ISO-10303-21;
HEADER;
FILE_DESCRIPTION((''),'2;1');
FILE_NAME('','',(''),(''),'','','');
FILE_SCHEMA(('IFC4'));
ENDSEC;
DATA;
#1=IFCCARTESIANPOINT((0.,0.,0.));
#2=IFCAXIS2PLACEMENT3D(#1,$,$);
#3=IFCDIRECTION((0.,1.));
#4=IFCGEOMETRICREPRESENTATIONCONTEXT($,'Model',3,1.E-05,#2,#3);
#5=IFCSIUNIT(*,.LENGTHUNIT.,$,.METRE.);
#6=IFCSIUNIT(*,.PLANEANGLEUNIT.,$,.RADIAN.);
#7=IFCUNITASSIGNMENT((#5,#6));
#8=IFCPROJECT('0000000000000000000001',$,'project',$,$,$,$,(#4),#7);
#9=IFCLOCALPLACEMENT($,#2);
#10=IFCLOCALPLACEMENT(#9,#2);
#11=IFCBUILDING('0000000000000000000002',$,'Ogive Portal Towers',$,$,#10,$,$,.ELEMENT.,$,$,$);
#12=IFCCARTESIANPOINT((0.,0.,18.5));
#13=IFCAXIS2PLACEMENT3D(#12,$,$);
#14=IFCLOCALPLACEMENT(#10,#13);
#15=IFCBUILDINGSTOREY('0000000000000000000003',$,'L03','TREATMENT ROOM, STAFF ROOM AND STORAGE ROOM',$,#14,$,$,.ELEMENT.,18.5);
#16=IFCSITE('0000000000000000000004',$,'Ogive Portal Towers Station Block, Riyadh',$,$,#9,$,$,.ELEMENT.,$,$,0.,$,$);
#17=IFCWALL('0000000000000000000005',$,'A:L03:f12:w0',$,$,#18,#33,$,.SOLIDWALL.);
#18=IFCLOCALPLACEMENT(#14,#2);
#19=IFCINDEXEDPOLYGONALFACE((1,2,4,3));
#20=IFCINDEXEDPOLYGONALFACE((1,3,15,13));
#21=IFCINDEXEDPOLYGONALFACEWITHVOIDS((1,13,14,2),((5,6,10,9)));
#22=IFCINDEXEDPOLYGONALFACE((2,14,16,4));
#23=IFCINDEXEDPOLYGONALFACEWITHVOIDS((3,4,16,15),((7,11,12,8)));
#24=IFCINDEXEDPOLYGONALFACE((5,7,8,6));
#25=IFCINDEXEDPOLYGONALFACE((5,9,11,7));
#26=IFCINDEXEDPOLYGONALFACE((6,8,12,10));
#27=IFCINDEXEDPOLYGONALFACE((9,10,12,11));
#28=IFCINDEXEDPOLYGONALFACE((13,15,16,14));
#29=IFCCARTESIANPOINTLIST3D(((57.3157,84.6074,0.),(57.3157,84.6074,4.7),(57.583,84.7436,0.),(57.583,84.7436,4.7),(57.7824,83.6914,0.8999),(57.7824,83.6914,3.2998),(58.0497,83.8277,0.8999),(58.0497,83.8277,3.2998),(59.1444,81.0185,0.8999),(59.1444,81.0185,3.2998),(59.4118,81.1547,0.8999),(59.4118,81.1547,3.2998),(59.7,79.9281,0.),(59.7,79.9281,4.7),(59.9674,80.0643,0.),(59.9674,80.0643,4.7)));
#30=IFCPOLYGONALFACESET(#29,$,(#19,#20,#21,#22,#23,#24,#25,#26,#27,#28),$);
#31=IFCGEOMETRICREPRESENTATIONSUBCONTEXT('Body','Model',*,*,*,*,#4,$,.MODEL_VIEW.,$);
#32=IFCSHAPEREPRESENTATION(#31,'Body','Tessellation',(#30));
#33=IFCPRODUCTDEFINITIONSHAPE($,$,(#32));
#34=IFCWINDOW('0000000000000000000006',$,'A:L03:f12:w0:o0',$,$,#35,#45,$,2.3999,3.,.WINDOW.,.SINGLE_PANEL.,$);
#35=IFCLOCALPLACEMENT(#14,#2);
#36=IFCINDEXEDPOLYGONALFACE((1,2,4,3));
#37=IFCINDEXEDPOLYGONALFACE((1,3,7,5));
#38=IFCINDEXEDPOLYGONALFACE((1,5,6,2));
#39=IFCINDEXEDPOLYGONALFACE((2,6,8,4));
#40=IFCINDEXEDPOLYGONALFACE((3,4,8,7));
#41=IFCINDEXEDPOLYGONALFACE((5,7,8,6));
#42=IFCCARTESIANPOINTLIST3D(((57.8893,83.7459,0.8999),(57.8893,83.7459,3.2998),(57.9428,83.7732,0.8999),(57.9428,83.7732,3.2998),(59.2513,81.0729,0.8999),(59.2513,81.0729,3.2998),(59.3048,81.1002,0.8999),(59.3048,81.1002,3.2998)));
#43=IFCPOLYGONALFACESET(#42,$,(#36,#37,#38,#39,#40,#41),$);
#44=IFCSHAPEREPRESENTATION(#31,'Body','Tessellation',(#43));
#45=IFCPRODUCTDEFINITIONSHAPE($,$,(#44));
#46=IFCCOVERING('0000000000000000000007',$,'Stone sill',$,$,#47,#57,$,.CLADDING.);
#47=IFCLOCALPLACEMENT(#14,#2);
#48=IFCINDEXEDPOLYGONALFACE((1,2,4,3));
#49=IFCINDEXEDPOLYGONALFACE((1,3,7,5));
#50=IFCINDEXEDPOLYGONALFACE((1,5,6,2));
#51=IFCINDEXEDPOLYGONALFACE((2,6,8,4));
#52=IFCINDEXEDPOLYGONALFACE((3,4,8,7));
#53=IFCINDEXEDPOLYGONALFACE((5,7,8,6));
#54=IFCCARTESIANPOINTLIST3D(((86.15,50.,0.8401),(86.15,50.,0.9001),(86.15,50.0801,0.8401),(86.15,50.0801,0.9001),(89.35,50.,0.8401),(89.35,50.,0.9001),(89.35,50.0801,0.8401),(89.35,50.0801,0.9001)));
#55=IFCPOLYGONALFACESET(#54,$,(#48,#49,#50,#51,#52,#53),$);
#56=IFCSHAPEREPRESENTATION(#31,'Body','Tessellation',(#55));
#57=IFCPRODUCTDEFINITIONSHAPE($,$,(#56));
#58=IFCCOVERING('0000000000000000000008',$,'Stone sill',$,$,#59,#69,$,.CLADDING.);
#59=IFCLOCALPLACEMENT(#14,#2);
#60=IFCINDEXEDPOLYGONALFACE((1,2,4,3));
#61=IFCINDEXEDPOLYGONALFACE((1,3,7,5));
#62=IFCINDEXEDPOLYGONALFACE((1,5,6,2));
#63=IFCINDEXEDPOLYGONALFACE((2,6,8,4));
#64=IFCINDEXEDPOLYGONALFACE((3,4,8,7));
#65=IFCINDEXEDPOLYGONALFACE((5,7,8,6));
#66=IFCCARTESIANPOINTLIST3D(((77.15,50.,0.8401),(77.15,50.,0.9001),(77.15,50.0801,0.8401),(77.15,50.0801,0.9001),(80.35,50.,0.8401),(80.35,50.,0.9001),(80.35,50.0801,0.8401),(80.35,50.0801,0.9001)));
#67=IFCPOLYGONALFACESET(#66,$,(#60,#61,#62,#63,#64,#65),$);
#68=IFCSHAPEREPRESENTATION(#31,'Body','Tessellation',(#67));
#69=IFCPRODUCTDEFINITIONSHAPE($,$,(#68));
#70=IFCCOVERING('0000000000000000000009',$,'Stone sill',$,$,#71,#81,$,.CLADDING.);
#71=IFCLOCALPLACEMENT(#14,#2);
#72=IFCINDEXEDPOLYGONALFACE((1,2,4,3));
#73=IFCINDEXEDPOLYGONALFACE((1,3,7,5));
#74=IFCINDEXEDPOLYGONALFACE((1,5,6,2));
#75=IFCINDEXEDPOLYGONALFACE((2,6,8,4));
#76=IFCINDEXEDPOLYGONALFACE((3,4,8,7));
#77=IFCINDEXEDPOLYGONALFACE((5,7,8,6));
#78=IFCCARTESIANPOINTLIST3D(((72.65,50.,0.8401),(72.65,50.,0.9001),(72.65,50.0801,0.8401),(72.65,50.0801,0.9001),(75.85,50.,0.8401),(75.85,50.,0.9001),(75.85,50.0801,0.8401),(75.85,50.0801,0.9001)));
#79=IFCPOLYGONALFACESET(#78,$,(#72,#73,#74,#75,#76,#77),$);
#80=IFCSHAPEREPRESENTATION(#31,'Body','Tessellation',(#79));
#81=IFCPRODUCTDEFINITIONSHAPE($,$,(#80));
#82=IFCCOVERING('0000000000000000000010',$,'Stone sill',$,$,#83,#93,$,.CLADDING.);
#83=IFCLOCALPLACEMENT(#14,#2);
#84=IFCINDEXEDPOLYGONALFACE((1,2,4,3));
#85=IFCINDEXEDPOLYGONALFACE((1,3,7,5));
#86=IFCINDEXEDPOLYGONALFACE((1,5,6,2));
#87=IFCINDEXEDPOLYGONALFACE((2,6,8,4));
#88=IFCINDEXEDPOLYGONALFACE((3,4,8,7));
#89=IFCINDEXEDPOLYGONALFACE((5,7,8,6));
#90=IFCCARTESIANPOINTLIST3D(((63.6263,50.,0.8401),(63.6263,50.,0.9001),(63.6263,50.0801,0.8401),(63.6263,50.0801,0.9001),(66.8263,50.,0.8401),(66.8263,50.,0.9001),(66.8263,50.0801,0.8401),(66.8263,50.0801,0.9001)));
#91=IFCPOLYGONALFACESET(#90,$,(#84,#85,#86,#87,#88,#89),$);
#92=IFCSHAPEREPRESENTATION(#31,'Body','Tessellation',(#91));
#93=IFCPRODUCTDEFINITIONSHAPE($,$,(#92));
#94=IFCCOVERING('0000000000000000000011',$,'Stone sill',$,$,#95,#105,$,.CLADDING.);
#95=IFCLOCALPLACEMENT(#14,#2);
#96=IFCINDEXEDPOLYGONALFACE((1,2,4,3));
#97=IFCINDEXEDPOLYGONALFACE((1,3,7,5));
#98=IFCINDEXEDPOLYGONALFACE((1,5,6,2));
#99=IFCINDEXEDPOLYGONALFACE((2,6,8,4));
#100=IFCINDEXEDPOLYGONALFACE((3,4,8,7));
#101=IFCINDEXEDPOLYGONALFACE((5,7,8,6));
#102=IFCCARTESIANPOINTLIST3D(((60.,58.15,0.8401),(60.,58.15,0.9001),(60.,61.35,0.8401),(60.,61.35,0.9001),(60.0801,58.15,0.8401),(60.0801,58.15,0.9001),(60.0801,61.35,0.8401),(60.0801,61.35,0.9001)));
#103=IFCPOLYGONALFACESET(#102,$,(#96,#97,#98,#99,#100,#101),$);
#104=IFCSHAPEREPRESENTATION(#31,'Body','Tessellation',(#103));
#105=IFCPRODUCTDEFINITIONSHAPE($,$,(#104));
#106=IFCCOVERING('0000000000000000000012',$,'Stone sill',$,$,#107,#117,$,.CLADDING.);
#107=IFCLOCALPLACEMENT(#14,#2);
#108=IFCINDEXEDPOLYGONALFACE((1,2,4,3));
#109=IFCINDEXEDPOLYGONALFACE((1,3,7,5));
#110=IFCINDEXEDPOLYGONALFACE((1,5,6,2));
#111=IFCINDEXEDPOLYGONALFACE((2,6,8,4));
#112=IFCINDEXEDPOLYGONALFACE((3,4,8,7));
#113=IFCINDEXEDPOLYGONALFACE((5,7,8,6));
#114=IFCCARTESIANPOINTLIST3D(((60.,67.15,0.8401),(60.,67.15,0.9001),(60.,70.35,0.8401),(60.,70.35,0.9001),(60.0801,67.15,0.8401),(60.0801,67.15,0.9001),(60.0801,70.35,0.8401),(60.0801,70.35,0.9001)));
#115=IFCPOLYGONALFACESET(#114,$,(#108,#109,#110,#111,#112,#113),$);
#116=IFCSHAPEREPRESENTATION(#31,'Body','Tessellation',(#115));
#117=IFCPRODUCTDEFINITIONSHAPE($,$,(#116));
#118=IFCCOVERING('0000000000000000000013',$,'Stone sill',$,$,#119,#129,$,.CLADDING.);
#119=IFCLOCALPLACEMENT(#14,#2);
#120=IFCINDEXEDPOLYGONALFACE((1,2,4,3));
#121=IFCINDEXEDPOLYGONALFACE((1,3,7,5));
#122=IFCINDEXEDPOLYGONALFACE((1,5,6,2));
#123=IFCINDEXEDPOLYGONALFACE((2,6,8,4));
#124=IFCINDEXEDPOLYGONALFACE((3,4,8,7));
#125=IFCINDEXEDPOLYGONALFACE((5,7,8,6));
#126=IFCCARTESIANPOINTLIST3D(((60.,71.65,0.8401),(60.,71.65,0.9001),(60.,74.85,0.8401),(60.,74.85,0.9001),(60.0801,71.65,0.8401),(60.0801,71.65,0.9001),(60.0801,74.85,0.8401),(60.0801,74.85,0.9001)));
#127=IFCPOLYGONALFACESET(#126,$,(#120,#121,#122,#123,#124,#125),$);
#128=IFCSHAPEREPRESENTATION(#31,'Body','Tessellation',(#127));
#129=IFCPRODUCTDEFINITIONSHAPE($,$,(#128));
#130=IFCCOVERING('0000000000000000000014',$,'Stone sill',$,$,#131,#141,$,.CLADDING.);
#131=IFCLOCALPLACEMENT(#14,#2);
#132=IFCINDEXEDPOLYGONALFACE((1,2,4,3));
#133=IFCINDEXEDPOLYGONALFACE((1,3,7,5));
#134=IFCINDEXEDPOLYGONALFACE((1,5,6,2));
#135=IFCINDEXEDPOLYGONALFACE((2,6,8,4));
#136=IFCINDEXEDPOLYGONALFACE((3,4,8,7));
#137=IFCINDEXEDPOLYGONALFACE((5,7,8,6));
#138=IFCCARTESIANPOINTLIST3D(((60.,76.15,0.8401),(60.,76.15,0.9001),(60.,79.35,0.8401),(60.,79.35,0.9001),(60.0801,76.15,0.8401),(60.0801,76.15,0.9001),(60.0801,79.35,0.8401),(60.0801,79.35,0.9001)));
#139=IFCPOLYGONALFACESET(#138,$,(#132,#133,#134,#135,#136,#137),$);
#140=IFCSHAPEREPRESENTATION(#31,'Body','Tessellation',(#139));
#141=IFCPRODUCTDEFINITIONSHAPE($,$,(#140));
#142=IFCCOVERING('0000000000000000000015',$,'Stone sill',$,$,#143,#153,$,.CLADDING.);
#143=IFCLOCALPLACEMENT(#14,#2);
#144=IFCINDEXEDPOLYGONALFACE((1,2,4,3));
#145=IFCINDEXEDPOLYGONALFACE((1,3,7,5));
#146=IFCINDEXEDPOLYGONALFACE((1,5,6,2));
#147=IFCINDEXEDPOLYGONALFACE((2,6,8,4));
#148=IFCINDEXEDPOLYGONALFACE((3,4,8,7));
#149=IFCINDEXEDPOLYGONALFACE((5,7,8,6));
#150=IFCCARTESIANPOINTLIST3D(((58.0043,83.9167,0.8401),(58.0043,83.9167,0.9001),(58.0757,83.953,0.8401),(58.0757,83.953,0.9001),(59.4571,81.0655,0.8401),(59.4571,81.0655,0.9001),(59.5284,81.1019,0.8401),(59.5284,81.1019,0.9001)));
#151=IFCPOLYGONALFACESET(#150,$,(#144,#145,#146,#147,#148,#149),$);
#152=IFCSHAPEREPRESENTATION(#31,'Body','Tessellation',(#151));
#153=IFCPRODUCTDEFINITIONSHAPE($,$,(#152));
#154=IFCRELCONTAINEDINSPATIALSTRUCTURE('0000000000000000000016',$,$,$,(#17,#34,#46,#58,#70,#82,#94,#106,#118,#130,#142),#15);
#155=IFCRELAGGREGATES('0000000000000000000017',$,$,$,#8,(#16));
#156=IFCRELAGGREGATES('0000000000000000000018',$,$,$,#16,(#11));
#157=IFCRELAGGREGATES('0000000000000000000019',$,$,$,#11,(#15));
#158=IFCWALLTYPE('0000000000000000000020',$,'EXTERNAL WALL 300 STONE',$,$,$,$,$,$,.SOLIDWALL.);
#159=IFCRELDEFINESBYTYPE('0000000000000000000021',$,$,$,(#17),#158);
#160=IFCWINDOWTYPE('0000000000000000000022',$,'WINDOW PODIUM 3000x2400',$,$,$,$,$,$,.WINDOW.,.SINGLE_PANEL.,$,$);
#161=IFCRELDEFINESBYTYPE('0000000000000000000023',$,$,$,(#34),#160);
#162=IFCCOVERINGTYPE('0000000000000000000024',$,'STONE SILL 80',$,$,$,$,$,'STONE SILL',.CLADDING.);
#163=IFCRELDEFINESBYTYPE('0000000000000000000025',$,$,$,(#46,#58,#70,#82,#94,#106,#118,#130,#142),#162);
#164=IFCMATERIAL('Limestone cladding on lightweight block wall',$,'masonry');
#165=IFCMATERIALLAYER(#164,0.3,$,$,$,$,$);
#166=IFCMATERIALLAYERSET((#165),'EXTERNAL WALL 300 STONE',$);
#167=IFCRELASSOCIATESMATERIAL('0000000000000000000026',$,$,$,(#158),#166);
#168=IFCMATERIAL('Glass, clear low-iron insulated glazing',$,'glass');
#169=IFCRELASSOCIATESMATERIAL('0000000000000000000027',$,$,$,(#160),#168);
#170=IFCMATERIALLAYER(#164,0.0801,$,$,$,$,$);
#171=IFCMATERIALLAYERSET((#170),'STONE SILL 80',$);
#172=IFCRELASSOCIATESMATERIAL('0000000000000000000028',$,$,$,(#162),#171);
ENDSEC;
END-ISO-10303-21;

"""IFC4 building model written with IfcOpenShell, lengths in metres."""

from ifc_helpers import new_model, si_unit, direction, frame, frame_2d, origin, origin_2d, place, context, subcontext, project, spatial, rectangle, extrude, material, layer, layer_set, type_object, element, fill, save


model = new_model("IFC4")

# Units and contexts
model_context = context("Model", 3, precision=1e-05, world=origin(), true_north=direction((0.0, 1.0)))
body_context = subcontext(model_context, "Body", "Model", "MODEL_VIEW")
ifc_project = project(units=[si_unit("LENGTHUNIT", "METRE"), si_unit("PLANEANGLEUNIT", "RADIAN")], contexts=[model_context])

# Site, building, storey
site_placement = place(None, origin())
site = spatial("IfcSite", under=ifc_project, at=site_placement, Name="Ogive Portal Towers Station Block, Riyadh", CompositionType="ELEMENT", RefElevation=0.0)
building_placement = place(site_placement, origin())
building = spatial("IfcBuilding", under=site, at=building_placement, Name="Ogive Portal Towers", CompositionType="ELEMENT")
storey_placement = place(building_placement, frame((0.0, 0.0, 18.5)))
storey = spatial("IfcBuildingStorey", under=building, at=storey_placement, Name="L03", Description="TREATMENT ROOM, STAFF ROOM AND STORAGE ROOM", CompositionType="ELEMENT", Elevation=18.5)

# Shared definitions
ifc_material_1 = material(Name="Limestone cladding on lightweight block wall", Category="masonry")
ifc_layer_1 = layer(ifc_material_1, 0.3)
ifc_layer_set_1 = layer_set([ifc_layer_1], Name="EXTERNAL WALL 300 STONE")
wall_type = type_object("IfcWallType", Name="EXTERNAL WALL 300 STONE", PredefinedType="SOLIDWALL", material=ifc_layer_set_1)

# Shared definitions
ifc_material_2 = material(Name="Glass, clear low-iron insulated glazing", Category="glass")
window_type = type_object("IfcWindowType", Name="WINDOW PODIUM 3000x2400", PartitioningType="SINGLE_PANEL", PredefinedType="WINDOW", material=ifc_material_2)

# Wall, opening, window
wall_1_placement = place(storey_placement, frame((59.8337, 79.9961, 0.0), z_axis=(0.0, 0.0, 1.0), x_axis=(-0.454007, 0.890998, 0.0)))
wall_1 = element("IfcWall", 1, at=wall_1_placement, inside=storey, type_object=wall_type, Name="A:L03:f12:w0", PredefinedType="SOLIDWALL", context=body_context, shape_type="SweptSolid", body=[
    extrude(rectangle(XDim=5.2517, YDim=0.3, at=frame_2d((2.626, 0.0))), origin(), (0.0, 0.0, 1.0), 4.7),
])
opening_1_placement = place(wall_1_placement, frame((1.2239, 0.0, 0.8999)))
opening_1 = element("IfcOpeningElement", 2, at=opening_1_placement, cuts=wall_1, PredefinedType="OPENING", context=body_context, shape_type="SweptSolid", body=[
    extrude(rectangle(XDim=3.0, YDim=2.3999, at=frame_2d((1.5, 1.2))), frame((0.0, 0.1602, 0.0), z_axis=(0.0, -1.0, 0.0), x_axis=(1.0, 0.0, 0.0)), (0.0, 0.0, 1.0), 0.3201),
])
window_1_placement = place(opening_1_placement, origin())
window_1 = element("IfcWindow", 3, at=window_1_placement, inside=storey, type_object=window_type, Name="A:L03:f12:w0:o0", OverallHeight=2.3999, OverallWidth=3.0, PartitioningType="SINGLE_PANEL", PredefinedType="WINDOW", context=body_context, shape_type="SweptSolid", body=[
    extrude(rectangle(XDim=3.0, YDim=2.3999, at=frame_2d((1.5, 1.2))), frame((0.0, 0.03, 0.0), z_axis=(0.0, -1.0, 0.0), x_axis=(1.0, 0.0, 0.0)), (0.0, 0.0, 1.0), 0.0601),
])
fill(opening_1, window_1)

# Coverings
ifc_layer_2 = layer(ifc_material_1, 0.0801)
ifc_layer_set_2 = layer_set([ifc_layer_2], Name="STONE SILL 80")
covering_type = type_object("IfcCoveringType", Name="STONE SILL 80", ElementType="STONE SILL", PredefinedType="CLADDING", material=ifc_layer_set_2)
for number, where, z_axis, x_axis, name in (
    (4, (87.75, 50.04, 0.8401), (0.0, 0.0, 1.0), (-1.0, 0.0, 0.0), "Stone sill"),
    (5, (78.75, 50.04, 0.8401), (0.0, 0.0, 1.0), (-1.0, 0.0, 0.0), "Stone sill"),
    (6, (74.25, 50.04, 0.8401), (0.0, 0.0, 1.0), (-1.0, 0.0, 0.0), "Stone sill"),
    (7, (65.2263, 50.04, 0.8401), (0.0, 0.0, 1.0), (-1.0, 0.0, 0.0), "Stone sill"),
    (8, (60.04, 59.75, 0.8401), (0.0, 0.0, 1.0), (0.0, 1.0, 0.0), "Stone sill"),
    (9, (60.04, 68.75, 0.8401), (0.0, 0.0, 1.0), (0.0, 1.0, 0.0), "Stone sill"),
    (10, (60.04, 73.25, 0.8401), (0.0, 0.0, 1.0), (0.0, 1.0, 0.0), "Stone sill"),
    (11, (60.04, 77.75, 0.8401), (0.0, 0.0, 1.0), (0.0, 1.0, 0.0), "Stone sill"),
    (12, (58.7664, 82.5093, 0.8401), (0.0, 0.0, 1.0), (-0.45399, 0.891007, 0.0), "Stone sill"),
):
    element("IfcCovering", number, at=place(storey_placement, frame(where, z_axis=z_axis, x_axis=x_axis)), inside=storey, type_object=covering_type, Name=name, PredefinedType="CLADDING", context=body_context, shape_type="SweptSolid", body=[
        extrude(rectangle(XDim=3.2, YDim=0.0801, at=origin_2d()), origin(), (0.0, 0.0, 1.0), 0.0601),
    ])

save(model, "model.ifc")
